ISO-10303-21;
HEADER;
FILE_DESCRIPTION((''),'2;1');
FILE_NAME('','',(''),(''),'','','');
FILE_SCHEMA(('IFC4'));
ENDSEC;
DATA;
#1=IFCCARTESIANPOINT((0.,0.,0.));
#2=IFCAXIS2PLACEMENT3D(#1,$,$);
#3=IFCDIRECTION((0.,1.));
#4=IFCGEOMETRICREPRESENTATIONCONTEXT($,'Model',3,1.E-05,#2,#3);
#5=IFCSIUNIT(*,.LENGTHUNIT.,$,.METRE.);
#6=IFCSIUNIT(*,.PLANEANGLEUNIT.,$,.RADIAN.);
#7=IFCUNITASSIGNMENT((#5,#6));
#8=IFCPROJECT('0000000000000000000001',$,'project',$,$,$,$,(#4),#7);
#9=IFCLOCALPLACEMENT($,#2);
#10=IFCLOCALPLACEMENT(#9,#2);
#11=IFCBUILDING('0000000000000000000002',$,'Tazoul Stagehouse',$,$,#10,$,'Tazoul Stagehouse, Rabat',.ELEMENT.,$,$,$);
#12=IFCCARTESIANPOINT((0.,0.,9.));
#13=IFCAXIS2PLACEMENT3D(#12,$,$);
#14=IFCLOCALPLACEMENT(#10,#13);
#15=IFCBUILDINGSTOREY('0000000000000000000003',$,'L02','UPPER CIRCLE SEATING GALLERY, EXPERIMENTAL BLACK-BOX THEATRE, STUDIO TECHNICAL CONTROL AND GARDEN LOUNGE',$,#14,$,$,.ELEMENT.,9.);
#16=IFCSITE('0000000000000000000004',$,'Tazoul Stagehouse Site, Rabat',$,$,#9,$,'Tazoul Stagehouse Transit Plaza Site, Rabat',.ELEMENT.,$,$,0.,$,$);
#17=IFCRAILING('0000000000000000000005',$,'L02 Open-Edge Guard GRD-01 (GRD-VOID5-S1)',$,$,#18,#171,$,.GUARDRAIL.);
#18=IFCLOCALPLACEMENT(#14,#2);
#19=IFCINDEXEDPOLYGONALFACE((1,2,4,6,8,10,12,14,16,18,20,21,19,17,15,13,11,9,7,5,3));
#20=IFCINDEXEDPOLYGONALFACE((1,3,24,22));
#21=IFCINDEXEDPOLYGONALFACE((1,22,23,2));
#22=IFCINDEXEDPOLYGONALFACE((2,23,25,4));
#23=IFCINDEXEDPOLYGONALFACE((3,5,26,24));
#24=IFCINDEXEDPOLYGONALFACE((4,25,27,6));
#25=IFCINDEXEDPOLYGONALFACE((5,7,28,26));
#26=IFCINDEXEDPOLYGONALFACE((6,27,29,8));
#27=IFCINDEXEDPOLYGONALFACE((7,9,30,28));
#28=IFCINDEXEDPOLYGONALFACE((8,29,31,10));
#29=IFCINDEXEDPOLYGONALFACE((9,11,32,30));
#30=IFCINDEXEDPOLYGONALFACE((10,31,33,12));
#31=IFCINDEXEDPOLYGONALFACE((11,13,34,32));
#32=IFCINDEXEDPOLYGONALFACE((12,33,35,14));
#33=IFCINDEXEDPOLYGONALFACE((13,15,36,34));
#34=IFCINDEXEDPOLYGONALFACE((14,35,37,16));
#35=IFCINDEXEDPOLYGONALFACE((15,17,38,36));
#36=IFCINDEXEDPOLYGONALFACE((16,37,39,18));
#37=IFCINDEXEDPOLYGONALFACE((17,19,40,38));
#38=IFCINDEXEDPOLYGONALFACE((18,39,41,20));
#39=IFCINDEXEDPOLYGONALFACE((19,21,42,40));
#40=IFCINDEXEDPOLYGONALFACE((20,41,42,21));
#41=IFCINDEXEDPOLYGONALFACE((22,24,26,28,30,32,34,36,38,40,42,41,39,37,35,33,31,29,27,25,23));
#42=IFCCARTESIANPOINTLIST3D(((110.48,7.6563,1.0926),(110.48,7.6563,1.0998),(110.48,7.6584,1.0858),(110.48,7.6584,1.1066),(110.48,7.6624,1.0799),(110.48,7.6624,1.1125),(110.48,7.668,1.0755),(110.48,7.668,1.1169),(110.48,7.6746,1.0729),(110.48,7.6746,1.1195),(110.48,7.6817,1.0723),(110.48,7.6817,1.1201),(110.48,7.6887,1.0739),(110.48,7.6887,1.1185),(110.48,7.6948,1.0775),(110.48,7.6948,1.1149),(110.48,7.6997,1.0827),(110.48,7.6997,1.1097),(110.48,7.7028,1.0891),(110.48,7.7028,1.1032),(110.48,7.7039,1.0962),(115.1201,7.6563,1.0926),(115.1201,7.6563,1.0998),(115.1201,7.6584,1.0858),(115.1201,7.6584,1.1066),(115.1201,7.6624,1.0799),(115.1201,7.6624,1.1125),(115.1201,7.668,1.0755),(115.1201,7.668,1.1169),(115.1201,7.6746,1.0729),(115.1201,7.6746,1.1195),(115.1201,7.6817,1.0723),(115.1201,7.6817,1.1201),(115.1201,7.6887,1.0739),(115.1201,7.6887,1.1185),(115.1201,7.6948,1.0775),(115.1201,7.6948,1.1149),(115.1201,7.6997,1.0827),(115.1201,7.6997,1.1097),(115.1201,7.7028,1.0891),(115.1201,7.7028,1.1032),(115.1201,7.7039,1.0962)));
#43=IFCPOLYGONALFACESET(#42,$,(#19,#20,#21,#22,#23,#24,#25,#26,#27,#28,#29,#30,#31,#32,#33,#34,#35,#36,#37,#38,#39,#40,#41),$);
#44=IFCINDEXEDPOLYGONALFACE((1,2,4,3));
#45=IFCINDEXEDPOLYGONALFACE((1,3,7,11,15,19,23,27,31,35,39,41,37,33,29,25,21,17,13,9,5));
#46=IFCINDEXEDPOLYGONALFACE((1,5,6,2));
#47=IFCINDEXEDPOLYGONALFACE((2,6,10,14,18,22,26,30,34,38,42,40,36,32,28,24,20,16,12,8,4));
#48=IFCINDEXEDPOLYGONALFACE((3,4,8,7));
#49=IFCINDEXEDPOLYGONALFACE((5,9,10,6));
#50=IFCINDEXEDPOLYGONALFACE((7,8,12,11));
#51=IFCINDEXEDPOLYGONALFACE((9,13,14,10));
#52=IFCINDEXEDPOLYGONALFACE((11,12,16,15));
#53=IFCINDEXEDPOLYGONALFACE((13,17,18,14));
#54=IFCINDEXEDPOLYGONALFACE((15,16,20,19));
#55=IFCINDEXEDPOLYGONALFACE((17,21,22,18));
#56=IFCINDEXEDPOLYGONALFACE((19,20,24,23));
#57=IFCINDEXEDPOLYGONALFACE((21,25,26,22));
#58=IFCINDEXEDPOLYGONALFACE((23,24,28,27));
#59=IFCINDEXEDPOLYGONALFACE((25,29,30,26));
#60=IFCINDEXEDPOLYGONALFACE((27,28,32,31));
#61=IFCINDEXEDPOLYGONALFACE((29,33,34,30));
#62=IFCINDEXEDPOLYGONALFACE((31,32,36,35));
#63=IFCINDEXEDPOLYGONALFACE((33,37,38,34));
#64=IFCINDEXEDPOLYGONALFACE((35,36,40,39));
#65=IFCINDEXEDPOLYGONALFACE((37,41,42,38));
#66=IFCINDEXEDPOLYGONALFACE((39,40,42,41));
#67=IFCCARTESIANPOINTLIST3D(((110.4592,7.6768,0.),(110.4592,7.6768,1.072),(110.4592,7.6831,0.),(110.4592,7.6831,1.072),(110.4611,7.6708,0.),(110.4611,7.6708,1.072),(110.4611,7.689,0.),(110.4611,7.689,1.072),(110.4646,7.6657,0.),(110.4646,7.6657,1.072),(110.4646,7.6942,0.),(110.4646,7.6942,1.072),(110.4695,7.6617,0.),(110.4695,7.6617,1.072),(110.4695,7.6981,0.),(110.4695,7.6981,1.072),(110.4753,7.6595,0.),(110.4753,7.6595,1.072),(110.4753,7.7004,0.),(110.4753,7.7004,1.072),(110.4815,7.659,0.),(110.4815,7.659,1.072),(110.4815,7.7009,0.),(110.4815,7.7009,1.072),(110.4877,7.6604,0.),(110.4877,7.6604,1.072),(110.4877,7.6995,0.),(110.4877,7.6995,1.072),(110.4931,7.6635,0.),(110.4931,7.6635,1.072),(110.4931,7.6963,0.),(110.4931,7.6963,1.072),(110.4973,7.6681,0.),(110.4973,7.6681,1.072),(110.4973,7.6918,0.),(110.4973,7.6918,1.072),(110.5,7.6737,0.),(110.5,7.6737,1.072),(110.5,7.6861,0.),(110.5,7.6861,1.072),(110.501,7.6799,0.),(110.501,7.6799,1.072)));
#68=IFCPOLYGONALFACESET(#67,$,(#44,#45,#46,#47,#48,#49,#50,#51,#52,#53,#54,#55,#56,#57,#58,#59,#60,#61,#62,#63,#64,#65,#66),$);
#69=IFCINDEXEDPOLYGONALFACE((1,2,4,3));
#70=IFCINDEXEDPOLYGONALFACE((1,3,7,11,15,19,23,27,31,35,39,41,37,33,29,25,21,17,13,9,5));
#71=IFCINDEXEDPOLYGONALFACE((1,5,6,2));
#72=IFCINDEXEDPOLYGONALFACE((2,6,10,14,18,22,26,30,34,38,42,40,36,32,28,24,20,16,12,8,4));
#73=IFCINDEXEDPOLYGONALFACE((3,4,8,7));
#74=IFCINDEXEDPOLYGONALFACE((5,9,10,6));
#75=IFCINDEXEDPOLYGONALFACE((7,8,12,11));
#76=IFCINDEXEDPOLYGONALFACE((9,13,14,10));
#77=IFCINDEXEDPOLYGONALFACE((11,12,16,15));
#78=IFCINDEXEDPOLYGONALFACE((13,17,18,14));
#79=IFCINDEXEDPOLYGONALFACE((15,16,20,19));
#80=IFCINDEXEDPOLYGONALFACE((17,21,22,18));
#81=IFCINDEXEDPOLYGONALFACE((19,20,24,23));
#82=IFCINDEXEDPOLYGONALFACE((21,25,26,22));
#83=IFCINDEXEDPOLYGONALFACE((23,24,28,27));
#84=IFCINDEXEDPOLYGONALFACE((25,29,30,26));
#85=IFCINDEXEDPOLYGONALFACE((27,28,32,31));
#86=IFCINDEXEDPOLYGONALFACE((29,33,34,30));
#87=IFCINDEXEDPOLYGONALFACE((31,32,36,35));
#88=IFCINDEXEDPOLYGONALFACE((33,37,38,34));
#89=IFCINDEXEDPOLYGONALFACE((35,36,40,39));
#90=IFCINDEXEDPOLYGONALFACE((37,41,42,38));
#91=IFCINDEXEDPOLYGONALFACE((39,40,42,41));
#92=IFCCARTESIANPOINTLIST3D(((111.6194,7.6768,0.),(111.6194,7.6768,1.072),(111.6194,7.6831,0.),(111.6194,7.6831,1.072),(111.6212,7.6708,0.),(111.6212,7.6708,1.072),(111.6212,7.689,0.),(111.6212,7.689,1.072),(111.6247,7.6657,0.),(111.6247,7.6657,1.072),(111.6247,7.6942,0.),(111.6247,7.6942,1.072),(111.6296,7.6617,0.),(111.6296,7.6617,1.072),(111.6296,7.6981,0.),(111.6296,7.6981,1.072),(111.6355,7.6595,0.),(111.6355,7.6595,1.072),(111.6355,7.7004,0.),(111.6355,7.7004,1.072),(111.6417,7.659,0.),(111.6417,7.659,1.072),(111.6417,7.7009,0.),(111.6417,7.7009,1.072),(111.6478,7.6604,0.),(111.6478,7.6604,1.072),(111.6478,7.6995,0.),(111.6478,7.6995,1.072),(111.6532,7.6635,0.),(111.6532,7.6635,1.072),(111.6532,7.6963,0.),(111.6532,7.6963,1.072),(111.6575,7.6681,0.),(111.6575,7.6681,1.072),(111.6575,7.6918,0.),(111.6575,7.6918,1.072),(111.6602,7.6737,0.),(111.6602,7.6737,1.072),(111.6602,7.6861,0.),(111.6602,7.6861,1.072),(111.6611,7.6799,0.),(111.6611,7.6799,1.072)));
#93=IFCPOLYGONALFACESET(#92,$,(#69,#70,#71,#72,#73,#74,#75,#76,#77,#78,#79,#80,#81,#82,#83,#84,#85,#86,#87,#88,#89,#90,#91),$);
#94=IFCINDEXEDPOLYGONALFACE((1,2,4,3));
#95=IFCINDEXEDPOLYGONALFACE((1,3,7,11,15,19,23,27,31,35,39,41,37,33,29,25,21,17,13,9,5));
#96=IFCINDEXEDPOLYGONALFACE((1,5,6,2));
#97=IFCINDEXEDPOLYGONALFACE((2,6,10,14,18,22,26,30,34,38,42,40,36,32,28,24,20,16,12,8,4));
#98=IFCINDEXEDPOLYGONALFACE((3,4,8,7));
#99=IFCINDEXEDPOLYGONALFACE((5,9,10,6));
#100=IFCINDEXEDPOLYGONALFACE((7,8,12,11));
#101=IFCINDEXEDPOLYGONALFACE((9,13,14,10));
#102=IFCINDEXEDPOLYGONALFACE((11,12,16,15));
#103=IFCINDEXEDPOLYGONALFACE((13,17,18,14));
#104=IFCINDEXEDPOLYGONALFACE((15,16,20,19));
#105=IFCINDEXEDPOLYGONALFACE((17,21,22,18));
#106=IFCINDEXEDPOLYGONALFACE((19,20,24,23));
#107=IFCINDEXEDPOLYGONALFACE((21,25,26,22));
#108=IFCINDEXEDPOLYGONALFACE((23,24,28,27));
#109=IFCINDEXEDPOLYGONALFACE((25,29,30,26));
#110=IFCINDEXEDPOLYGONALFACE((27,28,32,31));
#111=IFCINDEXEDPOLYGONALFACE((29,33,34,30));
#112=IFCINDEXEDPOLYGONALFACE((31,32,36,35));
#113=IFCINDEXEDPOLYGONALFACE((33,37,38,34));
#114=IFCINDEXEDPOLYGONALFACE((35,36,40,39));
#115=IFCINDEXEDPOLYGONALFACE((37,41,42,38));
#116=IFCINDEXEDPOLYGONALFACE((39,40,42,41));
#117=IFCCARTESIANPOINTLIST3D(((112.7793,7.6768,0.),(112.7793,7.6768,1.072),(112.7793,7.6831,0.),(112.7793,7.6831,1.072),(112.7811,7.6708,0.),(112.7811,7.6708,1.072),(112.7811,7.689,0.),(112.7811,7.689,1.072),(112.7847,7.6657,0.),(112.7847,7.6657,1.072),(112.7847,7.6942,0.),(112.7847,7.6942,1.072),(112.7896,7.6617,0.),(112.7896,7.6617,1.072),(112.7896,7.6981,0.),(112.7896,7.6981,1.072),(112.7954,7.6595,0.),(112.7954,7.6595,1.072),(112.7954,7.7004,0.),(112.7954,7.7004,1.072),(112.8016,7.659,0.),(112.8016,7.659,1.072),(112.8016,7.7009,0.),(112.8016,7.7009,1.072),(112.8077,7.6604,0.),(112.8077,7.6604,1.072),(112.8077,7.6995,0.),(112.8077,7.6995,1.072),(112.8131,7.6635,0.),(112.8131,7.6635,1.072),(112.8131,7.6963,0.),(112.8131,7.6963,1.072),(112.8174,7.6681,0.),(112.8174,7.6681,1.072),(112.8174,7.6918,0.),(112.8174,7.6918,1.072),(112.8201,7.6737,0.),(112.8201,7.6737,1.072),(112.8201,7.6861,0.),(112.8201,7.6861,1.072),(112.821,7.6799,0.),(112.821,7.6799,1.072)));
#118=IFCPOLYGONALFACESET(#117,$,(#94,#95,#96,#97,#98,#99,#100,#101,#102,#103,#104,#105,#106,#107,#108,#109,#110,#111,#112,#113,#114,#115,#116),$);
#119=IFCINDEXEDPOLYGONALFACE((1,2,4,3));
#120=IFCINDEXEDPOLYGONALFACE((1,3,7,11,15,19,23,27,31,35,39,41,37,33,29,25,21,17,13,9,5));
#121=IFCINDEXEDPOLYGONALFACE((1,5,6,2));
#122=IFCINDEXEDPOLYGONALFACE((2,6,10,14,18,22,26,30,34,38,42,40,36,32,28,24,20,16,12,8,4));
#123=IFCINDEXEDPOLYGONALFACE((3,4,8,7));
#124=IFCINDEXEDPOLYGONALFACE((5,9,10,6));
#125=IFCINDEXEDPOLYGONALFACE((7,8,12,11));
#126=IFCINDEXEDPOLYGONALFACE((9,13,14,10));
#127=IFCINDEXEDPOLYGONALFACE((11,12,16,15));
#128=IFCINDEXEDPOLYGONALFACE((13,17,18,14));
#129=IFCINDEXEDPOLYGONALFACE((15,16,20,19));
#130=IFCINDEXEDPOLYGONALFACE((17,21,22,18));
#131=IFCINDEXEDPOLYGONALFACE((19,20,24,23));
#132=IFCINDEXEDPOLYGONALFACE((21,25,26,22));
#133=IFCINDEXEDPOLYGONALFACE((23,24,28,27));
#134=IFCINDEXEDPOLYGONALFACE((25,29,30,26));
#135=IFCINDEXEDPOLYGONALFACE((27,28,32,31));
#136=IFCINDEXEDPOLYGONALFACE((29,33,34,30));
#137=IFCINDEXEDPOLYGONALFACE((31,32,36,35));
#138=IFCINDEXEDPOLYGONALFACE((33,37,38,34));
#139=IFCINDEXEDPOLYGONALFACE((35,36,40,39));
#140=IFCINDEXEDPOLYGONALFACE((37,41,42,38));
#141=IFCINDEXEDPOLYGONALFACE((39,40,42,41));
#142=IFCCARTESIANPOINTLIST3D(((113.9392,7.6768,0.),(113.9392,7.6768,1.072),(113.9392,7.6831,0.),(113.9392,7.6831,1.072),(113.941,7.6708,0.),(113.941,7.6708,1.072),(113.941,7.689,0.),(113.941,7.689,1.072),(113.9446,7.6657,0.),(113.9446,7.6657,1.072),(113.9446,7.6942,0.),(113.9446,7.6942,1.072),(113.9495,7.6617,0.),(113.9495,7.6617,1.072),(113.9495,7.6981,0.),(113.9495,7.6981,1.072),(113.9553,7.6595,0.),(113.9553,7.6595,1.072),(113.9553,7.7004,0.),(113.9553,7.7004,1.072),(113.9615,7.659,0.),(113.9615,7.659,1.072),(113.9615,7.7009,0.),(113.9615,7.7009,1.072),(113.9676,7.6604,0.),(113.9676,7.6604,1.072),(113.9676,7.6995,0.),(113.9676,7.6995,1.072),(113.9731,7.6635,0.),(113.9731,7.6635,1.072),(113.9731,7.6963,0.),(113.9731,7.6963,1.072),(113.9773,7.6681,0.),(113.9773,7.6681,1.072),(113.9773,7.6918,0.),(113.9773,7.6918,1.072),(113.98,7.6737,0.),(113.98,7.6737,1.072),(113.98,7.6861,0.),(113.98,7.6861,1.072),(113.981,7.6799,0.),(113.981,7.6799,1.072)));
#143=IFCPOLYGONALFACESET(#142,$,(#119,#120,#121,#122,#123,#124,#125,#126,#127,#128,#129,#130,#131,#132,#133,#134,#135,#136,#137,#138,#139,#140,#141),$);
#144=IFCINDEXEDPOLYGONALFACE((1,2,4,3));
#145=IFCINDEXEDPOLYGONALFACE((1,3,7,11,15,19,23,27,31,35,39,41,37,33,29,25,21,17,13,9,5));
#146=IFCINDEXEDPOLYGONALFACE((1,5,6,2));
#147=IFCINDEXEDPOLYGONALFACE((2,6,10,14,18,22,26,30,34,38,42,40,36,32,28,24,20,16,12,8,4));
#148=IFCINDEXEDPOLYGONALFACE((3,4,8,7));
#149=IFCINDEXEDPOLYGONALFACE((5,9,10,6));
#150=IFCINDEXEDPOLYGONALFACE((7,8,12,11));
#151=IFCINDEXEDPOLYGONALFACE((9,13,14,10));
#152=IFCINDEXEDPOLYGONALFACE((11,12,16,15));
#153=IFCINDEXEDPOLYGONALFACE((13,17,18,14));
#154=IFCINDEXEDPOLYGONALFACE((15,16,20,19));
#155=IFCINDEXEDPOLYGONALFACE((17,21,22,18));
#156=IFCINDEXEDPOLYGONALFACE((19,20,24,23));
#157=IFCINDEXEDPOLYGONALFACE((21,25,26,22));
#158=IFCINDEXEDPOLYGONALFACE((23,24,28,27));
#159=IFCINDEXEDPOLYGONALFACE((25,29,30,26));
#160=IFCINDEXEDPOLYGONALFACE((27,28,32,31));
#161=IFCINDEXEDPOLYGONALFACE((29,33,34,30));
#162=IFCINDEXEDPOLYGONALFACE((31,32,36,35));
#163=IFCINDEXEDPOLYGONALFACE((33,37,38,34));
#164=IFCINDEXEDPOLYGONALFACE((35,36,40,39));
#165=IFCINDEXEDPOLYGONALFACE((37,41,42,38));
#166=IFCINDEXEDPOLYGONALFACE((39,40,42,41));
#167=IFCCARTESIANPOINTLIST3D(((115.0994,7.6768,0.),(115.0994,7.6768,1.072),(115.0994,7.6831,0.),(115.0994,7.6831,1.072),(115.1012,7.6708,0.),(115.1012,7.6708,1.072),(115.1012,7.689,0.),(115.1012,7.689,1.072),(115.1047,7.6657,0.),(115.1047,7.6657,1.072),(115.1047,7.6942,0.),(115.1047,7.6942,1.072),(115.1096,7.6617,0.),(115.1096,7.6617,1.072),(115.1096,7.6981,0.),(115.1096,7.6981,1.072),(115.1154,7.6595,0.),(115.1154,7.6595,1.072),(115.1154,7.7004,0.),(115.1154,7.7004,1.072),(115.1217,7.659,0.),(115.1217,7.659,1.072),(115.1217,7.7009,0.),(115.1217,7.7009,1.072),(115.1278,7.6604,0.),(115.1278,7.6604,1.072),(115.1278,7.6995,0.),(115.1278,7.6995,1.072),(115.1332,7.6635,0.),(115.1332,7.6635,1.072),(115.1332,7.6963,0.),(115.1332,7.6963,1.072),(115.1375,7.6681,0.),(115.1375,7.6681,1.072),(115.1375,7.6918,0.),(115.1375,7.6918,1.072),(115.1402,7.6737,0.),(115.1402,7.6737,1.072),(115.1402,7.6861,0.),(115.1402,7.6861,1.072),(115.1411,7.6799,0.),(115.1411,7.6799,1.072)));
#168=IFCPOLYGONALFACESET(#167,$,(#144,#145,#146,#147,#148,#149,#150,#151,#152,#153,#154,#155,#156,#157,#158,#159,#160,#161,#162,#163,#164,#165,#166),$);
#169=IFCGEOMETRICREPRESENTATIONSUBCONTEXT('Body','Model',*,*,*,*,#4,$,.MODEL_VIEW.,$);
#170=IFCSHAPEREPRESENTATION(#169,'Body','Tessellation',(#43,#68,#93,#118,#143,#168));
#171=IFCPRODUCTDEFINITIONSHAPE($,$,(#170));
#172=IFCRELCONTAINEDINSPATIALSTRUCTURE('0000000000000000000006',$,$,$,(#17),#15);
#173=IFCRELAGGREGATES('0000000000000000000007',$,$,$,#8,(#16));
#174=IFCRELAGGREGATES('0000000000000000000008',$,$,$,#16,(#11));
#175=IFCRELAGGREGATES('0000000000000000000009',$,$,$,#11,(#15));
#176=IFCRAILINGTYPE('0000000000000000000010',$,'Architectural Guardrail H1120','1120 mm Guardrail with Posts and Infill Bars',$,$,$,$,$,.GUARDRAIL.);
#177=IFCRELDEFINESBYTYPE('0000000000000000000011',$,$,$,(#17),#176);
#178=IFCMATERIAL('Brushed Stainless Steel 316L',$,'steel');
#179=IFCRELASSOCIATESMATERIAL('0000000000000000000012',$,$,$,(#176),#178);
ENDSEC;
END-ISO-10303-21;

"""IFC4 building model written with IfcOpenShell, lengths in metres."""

from ifc_helpers import new_model, si_unit, direction, frame, origin, origin_2d, place, context, subcontext, project, spatial, circle, extrude, material, material_profile, profile_set, type_object, element, save


model = new_model("IFC4")

# Units and contexts
model_context = context("Model", 3, precision=1e-05, world=origin(), true_north=direction((0.0, 1.0)))
body_context = subcontext(model_context, "Body", "Model", "MODEL_VIEW")
ifc_project = project(units=[si_unit("LENGTHUNIT", "METRE"), si_unit("PLANEANGLEUNIT", "RADIAN")], contexts=[model_context])

# Site, building, storey
site_placement = place(None, origin())
site = spatial("IfcSite", under=ifc_project, at=site_placement, Name="Tazoul Stagehouse Site, Rabat", LongName="Tazoul Stagehouse Transit Plaza Site, Rabat", CompositionType="ELEMENT", RefElevation=0.0)
building_placement = place(site_placement, origin())
building = spatial("IfcBuilding", under=site, at=building_placement, Name="Tazoul Stagehouse", LongName="Tazoul Stagehouse, Rabat", CompositionType="ELEMENT")
storey_placement = place(building_placement, frame((0.0, 0.0, 9.0)))
storey = spatial("IfcBuildingStorey", under=building, at=storey_placement, Name="L02", Description="UPPER CIRCLE SEATING GALLERY, EXPERIMENTAL BLACK-BOX THEATRE, STUDIO TECHNICAL CONTROL AND GARDEN LOUNGE", CompositionType="ELEMENT", Elevation=9.0)

# Railing
ifc_material_1 = material(Name="Brushed Stainless Steel 316L", Category="steel")
ifc_material_profile_1 = material_profile(ifc_material_1, circle(Radius=0.0239, at=origin_2d()), Name="SS RAIL D48")
ifc_profile_set_1 = profile_set([ifc_material_profile_1], Name="Brushed Stainless Steel 316L")
railing_type = type_object("IfcRailingType", Name="Architectural Guardrail H1120", Description="1120 mm Guardrail with Posts and Infill Bars", PredefinedType="GUARDRAIL", material=ifc_profile_set_1)
railing_placement = place(storey_placement, frame((110.48, 7.6799, 0.0)))
element("IfcRailing", 1, at=railing_placement, inside=storey, type_object=railing_type, Name="L02 Open-Edge Guard GRD-01 (GRD-VOID5-S1)", PredefinedType="GUARDRAIL", context=body_context, shape_type="SweptSolid", body=[
    extrude(circle(Radius=0.0239, at=origin_2d()), frame((0.0, 0.0, 1.0962), z_axis=(1.0, 0.0, 0.0), x_axis=(0.0, 1.0, 0.0)), (0.0, 0.0, 1.0), 4.6401),
    extrude(circle(Radius=0.021, at=origin_2d()), origin(), (0.0, 0.0, 1.0), 1.072),
    extrude(circle(Radius=0.021, at=origin_2d()), frame((1.1602, 0.0, 0.0)), (0.0, 0.0, 1.0), 1.072),
    extrude(circle(Radius=0.021, at=origin_2d()), frame((2.3201, 0.0, 0.0)), (0.0, 0.0, 1.0), 1.072),
    extrude(circle(Radius=0.021, at=origin_2d()), frame((3.48, 0.0, 0.0)), (0.0, 0.0, 1.0), 1.072),
    extrude(circle(Radius=0.021, at=origin_2d()), frame((4.6401, 0.0, 0.0)), (0.0, 0.0, 1.0), 1.072),
])

save(model, "model.ifc")
